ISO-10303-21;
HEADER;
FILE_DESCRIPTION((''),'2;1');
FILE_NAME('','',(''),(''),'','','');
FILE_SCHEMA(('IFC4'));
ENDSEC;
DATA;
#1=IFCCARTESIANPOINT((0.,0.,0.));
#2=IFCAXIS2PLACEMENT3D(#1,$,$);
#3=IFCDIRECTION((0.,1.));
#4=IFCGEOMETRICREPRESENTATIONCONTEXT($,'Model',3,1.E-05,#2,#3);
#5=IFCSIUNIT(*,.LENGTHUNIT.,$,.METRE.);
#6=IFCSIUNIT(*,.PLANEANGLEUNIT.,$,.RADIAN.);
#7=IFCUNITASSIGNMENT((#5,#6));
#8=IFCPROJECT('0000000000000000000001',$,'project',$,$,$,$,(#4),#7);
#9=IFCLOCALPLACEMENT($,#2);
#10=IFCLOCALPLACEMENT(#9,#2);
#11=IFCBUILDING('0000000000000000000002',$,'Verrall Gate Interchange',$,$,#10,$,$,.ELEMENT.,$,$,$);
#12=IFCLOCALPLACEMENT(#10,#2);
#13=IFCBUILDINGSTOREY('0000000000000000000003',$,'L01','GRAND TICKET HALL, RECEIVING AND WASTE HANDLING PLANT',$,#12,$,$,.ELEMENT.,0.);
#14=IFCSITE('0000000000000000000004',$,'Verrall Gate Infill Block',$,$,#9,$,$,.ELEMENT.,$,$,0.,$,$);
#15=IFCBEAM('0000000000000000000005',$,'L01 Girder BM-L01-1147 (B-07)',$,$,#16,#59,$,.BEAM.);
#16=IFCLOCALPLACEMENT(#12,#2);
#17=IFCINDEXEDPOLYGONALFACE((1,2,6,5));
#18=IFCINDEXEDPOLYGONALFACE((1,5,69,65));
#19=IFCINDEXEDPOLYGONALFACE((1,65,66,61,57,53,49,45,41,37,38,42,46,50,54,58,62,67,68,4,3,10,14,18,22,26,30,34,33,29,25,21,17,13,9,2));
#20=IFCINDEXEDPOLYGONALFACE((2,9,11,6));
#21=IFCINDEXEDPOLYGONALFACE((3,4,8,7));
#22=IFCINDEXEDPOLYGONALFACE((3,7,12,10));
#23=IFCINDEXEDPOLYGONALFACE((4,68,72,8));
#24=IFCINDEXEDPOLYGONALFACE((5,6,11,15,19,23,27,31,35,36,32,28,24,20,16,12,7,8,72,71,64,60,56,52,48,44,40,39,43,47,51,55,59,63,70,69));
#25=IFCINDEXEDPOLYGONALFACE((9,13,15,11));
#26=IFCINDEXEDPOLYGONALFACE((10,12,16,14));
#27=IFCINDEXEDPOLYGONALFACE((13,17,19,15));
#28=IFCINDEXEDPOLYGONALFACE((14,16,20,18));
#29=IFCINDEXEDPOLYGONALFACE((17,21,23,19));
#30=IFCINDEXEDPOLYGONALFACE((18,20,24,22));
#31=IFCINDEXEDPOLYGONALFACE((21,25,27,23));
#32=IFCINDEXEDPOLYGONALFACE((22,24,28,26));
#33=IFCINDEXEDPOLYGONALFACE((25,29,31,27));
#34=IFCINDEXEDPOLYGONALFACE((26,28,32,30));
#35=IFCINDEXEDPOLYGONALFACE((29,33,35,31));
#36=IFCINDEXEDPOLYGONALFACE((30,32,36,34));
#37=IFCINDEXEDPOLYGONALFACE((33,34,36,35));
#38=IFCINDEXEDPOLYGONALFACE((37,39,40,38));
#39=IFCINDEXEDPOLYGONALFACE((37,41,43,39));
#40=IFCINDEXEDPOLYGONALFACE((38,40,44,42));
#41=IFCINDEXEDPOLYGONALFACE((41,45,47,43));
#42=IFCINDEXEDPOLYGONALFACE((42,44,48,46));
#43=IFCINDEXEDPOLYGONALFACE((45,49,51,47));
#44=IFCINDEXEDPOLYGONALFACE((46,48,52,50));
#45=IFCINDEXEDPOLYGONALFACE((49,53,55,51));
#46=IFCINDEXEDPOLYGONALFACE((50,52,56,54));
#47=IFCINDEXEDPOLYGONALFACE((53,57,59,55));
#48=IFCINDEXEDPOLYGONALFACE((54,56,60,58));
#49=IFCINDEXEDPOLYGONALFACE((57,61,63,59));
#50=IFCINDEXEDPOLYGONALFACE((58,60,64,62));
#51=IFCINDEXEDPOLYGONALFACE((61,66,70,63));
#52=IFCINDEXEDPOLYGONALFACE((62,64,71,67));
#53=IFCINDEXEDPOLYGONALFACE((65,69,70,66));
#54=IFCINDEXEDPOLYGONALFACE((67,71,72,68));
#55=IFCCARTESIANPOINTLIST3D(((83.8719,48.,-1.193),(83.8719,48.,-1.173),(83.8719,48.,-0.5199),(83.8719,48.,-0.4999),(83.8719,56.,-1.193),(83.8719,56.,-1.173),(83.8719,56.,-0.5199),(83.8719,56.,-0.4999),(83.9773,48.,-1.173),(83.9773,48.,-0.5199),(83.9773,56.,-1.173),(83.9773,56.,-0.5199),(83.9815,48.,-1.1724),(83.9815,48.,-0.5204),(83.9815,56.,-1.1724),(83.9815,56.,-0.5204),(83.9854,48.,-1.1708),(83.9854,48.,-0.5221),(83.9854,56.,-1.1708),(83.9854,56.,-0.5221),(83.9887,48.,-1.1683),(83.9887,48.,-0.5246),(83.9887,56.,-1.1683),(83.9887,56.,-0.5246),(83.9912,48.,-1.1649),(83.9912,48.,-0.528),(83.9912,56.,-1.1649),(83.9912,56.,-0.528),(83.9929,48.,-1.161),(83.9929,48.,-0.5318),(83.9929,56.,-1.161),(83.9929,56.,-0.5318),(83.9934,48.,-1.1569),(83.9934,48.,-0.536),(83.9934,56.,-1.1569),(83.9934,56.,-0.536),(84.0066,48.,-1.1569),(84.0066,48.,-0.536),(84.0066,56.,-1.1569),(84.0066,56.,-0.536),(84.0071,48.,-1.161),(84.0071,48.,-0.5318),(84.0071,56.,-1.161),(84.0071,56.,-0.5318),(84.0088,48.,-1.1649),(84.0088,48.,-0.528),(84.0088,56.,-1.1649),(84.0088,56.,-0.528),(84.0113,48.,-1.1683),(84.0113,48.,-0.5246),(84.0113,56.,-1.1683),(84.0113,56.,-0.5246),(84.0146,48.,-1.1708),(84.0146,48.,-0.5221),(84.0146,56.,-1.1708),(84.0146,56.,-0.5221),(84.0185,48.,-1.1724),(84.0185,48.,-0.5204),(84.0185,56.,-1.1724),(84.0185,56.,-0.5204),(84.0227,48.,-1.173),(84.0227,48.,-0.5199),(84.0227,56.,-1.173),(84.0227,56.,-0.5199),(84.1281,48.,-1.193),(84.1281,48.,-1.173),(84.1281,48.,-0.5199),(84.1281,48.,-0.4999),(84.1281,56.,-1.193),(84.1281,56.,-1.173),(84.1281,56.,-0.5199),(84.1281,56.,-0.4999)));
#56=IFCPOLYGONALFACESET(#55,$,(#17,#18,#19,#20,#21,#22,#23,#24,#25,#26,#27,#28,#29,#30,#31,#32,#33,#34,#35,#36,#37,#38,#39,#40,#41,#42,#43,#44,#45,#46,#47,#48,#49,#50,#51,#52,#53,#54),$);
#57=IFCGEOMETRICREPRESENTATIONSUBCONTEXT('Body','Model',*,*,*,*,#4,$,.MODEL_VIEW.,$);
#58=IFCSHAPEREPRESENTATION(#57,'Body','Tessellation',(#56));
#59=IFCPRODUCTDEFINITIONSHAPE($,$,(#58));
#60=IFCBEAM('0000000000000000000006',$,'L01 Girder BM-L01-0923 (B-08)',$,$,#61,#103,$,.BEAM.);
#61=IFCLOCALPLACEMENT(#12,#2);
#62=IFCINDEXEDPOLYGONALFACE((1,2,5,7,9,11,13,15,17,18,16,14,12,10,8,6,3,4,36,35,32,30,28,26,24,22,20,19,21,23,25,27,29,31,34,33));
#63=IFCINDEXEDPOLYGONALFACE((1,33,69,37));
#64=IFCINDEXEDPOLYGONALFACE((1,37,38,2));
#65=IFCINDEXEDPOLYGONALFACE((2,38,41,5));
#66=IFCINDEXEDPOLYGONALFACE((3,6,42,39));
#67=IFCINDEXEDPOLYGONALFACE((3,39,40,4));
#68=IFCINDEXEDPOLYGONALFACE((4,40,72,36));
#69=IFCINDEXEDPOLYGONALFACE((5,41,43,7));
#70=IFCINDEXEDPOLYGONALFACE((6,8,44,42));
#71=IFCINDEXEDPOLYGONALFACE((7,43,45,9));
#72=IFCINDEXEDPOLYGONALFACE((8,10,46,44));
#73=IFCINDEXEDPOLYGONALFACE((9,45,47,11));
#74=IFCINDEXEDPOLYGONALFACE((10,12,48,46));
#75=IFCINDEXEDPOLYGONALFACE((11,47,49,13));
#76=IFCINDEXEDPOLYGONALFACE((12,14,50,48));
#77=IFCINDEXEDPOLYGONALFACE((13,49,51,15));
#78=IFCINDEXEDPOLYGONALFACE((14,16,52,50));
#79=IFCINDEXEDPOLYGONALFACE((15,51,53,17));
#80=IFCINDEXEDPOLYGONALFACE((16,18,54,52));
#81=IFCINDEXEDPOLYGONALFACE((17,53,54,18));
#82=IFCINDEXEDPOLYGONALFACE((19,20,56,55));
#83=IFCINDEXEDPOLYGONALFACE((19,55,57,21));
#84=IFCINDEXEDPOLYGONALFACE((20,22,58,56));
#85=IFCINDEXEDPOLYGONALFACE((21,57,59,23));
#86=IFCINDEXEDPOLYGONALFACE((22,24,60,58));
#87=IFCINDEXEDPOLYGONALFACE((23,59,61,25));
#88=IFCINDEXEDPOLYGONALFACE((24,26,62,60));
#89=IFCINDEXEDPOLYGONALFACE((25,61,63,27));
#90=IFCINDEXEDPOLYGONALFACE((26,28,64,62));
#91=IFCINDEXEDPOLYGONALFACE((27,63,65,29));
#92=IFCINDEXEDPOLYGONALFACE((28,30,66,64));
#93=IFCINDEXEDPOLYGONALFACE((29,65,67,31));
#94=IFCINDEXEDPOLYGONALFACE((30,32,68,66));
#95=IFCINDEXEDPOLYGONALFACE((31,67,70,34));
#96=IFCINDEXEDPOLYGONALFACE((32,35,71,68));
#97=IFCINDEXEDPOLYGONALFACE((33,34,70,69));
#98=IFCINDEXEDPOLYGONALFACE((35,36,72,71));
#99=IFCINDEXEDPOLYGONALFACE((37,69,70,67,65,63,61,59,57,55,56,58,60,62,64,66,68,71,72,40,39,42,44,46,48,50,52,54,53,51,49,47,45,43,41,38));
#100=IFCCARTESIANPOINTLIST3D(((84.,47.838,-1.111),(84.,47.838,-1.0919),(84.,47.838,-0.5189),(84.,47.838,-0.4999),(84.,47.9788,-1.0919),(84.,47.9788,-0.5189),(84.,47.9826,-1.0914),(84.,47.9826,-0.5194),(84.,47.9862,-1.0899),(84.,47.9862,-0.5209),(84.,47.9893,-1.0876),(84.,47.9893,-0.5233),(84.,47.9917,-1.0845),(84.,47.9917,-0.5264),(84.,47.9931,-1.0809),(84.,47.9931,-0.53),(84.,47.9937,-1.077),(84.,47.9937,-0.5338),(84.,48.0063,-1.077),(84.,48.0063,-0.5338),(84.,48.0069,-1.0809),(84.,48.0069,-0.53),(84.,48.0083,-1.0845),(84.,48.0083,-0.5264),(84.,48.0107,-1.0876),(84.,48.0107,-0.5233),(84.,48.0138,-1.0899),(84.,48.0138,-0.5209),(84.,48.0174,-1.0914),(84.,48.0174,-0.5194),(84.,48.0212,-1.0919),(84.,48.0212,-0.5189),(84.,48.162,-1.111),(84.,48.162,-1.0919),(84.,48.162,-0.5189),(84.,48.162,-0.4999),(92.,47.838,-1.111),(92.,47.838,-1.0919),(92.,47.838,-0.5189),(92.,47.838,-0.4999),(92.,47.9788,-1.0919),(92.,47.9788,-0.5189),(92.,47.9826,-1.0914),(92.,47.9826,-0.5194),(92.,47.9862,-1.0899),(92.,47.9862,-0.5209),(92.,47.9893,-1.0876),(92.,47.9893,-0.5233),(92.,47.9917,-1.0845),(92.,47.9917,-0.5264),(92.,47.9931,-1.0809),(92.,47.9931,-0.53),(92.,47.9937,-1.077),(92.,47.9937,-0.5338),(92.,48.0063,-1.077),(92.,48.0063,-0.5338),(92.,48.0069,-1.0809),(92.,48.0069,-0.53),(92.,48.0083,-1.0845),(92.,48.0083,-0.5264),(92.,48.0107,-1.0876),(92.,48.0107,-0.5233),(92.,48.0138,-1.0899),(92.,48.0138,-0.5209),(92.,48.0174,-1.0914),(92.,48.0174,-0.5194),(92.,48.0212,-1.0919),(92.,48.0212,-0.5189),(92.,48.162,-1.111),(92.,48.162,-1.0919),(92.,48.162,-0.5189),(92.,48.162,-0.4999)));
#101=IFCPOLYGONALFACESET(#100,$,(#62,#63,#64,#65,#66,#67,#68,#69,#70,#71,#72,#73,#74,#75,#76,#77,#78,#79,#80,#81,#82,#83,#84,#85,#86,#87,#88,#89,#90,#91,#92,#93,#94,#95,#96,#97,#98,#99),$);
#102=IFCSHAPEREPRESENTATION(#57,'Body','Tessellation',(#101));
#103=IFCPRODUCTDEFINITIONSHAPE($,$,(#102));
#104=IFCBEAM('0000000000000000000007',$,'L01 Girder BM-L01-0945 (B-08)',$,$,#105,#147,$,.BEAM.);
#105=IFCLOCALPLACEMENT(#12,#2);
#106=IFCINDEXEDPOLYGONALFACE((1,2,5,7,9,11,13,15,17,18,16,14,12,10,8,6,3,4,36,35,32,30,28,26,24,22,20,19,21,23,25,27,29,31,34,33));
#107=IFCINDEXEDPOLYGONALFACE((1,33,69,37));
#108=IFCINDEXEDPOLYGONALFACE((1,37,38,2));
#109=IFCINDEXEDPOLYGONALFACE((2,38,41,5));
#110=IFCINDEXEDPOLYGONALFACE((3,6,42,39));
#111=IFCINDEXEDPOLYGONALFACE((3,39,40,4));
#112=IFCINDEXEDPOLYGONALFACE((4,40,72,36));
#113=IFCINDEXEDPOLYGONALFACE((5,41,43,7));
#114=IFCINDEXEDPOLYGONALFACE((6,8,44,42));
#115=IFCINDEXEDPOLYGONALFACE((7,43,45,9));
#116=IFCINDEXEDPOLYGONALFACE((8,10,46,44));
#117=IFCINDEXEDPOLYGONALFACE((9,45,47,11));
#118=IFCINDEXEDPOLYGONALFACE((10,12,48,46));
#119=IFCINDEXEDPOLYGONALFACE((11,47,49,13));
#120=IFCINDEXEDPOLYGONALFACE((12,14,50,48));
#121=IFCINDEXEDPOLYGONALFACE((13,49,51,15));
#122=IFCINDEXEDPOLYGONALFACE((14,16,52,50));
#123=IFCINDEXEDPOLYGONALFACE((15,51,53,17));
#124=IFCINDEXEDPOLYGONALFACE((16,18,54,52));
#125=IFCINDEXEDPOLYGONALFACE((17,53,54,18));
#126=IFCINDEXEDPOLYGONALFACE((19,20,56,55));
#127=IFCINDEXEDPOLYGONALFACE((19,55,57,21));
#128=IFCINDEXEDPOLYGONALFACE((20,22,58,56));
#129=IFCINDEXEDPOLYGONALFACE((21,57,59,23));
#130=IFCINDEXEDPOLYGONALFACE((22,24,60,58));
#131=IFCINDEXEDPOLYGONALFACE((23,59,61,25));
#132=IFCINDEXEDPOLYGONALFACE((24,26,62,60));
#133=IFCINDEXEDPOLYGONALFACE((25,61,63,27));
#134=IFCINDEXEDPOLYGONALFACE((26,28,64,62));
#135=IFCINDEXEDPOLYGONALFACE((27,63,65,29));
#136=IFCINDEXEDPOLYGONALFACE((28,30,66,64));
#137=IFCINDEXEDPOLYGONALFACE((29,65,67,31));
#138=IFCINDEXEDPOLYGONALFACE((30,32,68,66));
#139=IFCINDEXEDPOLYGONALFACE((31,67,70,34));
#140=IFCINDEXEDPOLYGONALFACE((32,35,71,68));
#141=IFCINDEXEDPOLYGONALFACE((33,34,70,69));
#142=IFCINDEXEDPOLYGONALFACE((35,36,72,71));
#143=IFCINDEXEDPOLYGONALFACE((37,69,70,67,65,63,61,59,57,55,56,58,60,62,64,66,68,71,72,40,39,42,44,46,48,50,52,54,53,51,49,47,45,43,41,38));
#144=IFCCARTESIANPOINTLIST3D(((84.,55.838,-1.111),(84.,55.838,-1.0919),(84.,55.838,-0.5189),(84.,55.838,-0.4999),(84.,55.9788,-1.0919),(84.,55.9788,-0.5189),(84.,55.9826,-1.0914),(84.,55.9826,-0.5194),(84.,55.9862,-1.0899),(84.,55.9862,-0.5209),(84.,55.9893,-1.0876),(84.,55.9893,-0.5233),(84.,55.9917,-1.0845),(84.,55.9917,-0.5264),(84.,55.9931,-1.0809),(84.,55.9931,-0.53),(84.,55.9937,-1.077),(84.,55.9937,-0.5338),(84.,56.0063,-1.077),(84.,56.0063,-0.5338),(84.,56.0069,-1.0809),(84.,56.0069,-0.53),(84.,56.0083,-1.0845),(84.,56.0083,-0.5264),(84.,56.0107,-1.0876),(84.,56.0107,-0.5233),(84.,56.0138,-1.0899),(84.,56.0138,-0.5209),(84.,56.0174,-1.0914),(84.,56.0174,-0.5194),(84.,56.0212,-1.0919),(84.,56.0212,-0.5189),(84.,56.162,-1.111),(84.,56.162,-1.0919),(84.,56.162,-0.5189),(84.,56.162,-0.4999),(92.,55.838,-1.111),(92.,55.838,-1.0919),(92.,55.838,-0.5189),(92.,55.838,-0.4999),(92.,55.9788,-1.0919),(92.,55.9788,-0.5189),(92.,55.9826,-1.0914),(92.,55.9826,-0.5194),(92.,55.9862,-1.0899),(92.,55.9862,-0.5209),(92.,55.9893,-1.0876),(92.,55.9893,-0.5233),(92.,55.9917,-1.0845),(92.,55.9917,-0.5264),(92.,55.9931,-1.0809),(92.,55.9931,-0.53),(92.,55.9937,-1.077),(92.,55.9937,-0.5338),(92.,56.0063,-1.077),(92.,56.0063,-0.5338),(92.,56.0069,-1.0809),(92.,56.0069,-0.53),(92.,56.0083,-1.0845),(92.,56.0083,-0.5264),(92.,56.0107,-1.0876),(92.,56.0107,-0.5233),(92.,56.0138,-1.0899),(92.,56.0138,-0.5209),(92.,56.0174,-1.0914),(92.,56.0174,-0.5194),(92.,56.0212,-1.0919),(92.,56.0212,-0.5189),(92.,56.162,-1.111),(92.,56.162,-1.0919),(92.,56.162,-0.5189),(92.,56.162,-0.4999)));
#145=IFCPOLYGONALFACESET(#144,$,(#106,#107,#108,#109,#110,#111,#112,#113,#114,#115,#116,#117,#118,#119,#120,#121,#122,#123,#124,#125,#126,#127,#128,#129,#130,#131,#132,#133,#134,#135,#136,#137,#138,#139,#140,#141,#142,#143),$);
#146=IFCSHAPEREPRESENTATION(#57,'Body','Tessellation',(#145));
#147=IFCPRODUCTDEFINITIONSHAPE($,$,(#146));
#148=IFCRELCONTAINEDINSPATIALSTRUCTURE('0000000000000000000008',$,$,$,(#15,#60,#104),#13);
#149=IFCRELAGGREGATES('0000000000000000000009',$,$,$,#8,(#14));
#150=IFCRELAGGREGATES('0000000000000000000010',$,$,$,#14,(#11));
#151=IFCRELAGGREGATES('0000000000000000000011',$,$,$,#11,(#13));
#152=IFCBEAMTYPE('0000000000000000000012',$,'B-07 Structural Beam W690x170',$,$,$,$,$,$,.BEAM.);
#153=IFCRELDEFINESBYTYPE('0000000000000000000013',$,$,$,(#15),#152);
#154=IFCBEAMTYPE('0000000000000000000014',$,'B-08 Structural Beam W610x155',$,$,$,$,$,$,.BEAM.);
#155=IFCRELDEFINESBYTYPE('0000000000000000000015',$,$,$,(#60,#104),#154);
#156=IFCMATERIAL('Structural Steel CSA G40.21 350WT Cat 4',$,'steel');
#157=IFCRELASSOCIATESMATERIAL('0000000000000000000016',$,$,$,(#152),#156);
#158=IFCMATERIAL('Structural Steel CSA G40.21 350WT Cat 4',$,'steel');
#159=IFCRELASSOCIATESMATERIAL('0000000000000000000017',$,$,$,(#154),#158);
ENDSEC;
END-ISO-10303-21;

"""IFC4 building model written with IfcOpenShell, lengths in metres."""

from ifc_helpers import new_model, si_unit, direction, frame, origin, origin_2d, place, context, subcontext, project, spatial, i_section, extrude, material, material_profile, profile_set, type_object, element, save


model = new_model("IFC4")

# Units and contexts
model_context = context("Model", 3, precision=1e-05, world=origin(), true_north=direction((0.0, 1.0)))
body_context = subcontext(model_context, "Body", "Model", "MODEL_VIEW")
ifc_project = project(units=[si_unit("LENGTHUNIT", "METRE"), si_unit("PLANEANGLEUNIT", "RADIAN")], contexts=[model_context])

# Site, building, storey
site_placement = place(None, origin())
site = spatial("IfcSite", under=ifc_project, at=site_placement, Name="Verrall Gate Infill Block", CompositionType="ELEMENT", RefElevation=0.0)
building_placement = place(site_placement, origin())
building = spatial("IfcBuilding", under=site, at=building_placement, Name="Verrall Gate Interchange", CompositionType="ELEMENT")
storey_placement = place(building_placement, origin())
storey = spatial("IfcBuildingStorey", under=building, at=storey_placement, Name="L01", Description="GRAND TICKET HALL, RECEIVING AND WASTE HANDLING PLANT", CompositionType="ELEMENT", Elevation=0.0)

# Beams
ifc_material_1 = material(Name="Structural Steel CSA G40.21 350WT Cat 4", Category="steel")
ifc_material_profile_1 = material_profile(ifc_material_1, i_section(OverallWidth=0.2561, OverallDepth=0.6931, WebThickness=0.0132, FlangeThickness=0.02, FilletRadius=0.0161, at=origin_2d()), Name="W690x170")
ifc_profile_set_1 = profile_set([ifc_material_profile_1], Name="Structural Steel CSA G40.21 350WT Cat 4")
beam_type_1 = type_object("IfcBeamType", Name="B-07 Structural Beam W690x170", PredefinedType="BEAM", material=ifc_profile_set_1)
beam_1_placement = place(storey_placement, frame((84.0, 48.0, -0.8464), z_axis=(0.0, 1.0, 0.0), x_axis=(-1.0, 0.0, 0.0)))
element("IfcBeam", 1, at=beam_1_placement, inside=storey, type_object=beam_type_1, Name="L01 Girder BM-L01-1147 (B-07)", PredefinedType="BEAM", context=body_context, shape_type="SweptSolid", body=[
    extrude(i_section(OverallWidth=0.2561, OverallDepth=0.6931, WebThickness=0.0132, FlangeThickness=0.02, FilletRadius=0.0161, at=origin_2d()), origin(), (0.0, 0.0, 1.0), 8.0),
])
ifc_material_2 = material(Name="Structural Steel CSA G40.21 350WT Cat 4", Category="steel")
ifc_material_profile_2 = material_profile(ifc_material_2, i_section(OverallWidth=0.324, OverallDepth=0.6111, WebThickness=0.0127, FlangeThickness=0.019, FilletRadius=0.0149, at=origin_2d()), Name="W610x155")
ifc_profile_set_2 = profile_set([ifc_material_profile_2], Name="Structural Steel CSA G40.21 350WT Cat 4")
beam_type_2 = type_object("IfcBeamType", Name="B-08 Structural Beam W610x155", PredefinedType="BEAM", material=ifc_profile_set_2)
for number, where, z_axis, x_axis, name in (
    (2, (84.0, 48.0, -0.8054), (1.0, 0.0, 0.0), (0.0, 1.0, 0.0), "L01 Girder BM-L01-0923 (B-08)"),
    (3, (84.0, 56.0, -0.8054), (1.0, 0.0, 0.0), (0.0, 1.0, 0.0), "L01 Girder BM-L01-0945 (B-08)"),
):
    element("IfcBeam", number, at=place(storey_placement, frame(where, z_axis=z_axis, x_axis=x_axis)), inside=storey, type_object=beam_type_2, Name=name, PredefinedType="BEAM", context=body_context, shape_type="SweptSolid", body=[
        extrude(i_section(OverallWidth=0.324, OverallDepth=0.6111, WebThickness=0.0127, FlangeThickness=0.019, FilletRadius=0.0149, at=origin_2d()), origin(), (0.0, 0.0, 1.0), 8.0),
    ])

save(model, "model.ifc")
